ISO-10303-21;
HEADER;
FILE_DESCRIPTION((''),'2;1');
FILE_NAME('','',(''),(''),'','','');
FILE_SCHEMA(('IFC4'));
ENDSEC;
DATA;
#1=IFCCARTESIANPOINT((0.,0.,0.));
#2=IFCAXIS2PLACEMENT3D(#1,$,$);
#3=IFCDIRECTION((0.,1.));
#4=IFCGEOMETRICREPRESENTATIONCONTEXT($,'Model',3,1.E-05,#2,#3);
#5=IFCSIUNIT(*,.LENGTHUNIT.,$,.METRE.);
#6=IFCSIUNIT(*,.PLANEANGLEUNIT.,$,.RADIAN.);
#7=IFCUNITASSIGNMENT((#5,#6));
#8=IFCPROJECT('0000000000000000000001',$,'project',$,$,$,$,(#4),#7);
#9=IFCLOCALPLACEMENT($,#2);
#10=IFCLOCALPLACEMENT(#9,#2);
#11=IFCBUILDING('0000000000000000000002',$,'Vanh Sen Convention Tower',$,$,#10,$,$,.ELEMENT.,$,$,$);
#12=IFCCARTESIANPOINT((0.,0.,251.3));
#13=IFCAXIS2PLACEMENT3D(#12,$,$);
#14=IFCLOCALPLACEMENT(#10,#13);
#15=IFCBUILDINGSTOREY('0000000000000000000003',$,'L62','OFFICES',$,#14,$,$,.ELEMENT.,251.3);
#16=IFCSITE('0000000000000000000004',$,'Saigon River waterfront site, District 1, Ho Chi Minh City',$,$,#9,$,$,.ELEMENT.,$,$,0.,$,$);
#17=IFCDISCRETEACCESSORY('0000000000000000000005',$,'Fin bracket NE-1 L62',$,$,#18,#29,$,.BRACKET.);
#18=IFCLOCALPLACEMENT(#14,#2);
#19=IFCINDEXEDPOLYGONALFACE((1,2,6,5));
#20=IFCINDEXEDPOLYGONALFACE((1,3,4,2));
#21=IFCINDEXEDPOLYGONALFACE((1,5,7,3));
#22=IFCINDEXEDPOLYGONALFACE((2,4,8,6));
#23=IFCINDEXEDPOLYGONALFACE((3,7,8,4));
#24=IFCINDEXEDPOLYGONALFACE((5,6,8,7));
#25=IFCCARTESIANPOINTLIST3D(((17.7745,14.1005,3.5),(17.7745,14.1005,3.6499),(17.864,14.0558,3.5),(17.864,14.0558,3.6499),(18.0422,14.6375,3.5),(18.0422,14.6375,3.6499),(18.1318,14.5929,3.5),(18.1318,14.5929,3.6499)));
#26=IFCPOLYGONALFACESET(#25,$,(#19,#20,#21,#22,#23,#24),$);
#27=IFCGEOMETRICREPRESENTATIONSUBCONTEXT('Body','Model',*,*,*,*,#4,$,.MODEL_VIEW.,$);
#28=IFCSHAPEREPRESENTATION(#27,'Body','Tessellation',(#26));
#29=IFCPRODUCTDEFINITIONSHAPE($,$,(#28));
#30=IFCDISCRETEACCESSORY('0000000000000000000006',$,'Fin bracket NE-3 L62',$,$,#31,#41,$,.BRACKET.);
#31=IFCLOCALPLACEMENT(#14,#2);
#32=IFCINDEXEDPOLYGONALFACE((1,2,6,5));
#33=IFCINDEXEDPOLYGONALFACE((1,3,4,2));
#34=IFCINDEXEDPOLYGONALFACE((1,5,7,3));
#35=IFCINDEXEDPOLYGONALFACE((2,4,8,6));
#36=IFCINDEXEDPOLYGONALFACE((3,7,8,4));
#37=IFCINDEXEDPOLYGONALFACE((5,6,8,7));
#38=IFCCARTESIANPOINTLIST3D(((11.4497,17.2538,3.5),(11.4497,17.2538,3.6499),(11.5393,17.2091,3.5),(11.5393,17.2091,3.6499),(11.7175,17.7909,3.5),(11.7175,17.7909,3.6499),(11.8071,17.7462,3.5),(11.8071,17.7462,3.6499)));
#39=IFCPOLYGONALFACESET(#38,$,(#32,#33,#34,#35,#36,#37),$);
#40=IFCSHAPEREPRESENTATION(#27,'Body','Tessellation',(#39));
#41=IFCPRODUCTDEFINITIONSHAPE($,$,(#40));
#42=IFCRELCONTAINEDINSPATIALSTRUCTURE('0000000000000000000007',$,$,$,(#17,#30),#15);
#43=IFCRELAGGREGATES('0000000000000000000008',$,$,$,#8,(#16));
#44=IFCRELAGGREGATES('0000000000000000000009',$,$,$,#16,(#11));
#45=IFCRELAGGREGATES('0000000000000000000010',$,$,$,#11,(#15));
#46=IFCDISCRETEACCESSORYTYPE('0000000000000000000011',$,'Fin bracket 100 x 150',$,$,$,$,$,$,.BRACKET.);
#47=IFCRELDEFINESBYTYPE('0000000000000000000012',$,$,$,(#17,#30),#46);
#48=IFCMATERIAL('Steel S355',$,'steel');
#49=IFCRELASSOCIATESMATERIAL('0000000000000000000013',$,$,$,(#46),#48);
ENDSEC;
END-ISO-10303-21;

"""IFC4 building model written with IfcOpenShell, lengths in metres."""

from ifc_helpers import new_model, si_unit, direction, frame, origin, origin_2d, place, context, subcontext, project, spatial, rectangle, extrude, material, type_object, element, save


model = new_model("IFC4")

# Units and contexts
model_context = context("Model", 3, precision=1e-05, world=origin(), true_north=direction((0.0, 1.0)))
body_context = subcontext(model_context, "Body", "Model", "MODEL_VIEW")
ifc_project = project(units=[si_unit("LENGTHUNIT", "METRE"), si_unit("PLANEANGLEUNIT", "RADIAN")], contexts=[model_context])

# Site, building, storey
site_placement = place(None, origin())
site = spatial("IfcSite", under=ifc_project, at=site_placement, Name="Saigon River waterfront site, District 1, Ho Chi Minh City", CompositionType="ELEMENT", RefElevation=0.0)
building_placement = place(site_placement, origin())
building = spatial("IfcBuilding", under=site, at=building_placement, Name="Vanh Sen Convention Tower", CompositionType="ELEMENT")
storey_placement = place(building_placement, frame((0.0, 0.0, 251.3)))
storey = spatial("IfcBuildingStorey", under=building, at=storey_placement, Name="L62", Description="OFFICES", CompositionType="ELEMENT", Elevation=251.3)

# Discrete accessories
ifc_material_1 = material(Name="Steel S355", Category="steel")
discrete_accessory_type = type_object("IfcDiscreteAccessoryType", Name="Fin bracket 100 x 150", PredefinedType="BRACKET", material=ifc_material_1)
for number, where, z_axis, x_axis, name in (
    (1, (17.9531, 14.3467, 3.5), (0.0, 0.0, 1.0), (0.446198, 0.894934, 0.0), "Fin bracket NE-1 L62"),
    (2, (11.6284, 17.5, 3.5), (0.0, 0.0, 1.0), (0.446198, 0.894934, 0.0), "Fin bracket NE-3 L62"),
):
    element("IfcDiscreteAccessory", number, at=place(storey_placement, frame(where, z_axis=z_axis, x_axis=x_axis)), inside=storey, type_object=discrete_accessory_type, Name=name, PredefinedType="BRACKET", context=body_context, shape_type="SweptSolid", body=[
        extrude(rectangle(XDim=0.6001, YDim=0.1001, at=origin_2d()), origin(), (0.0, 0.0, 1.0), 0.1499),
    ])

save(model, "model.ifc")
